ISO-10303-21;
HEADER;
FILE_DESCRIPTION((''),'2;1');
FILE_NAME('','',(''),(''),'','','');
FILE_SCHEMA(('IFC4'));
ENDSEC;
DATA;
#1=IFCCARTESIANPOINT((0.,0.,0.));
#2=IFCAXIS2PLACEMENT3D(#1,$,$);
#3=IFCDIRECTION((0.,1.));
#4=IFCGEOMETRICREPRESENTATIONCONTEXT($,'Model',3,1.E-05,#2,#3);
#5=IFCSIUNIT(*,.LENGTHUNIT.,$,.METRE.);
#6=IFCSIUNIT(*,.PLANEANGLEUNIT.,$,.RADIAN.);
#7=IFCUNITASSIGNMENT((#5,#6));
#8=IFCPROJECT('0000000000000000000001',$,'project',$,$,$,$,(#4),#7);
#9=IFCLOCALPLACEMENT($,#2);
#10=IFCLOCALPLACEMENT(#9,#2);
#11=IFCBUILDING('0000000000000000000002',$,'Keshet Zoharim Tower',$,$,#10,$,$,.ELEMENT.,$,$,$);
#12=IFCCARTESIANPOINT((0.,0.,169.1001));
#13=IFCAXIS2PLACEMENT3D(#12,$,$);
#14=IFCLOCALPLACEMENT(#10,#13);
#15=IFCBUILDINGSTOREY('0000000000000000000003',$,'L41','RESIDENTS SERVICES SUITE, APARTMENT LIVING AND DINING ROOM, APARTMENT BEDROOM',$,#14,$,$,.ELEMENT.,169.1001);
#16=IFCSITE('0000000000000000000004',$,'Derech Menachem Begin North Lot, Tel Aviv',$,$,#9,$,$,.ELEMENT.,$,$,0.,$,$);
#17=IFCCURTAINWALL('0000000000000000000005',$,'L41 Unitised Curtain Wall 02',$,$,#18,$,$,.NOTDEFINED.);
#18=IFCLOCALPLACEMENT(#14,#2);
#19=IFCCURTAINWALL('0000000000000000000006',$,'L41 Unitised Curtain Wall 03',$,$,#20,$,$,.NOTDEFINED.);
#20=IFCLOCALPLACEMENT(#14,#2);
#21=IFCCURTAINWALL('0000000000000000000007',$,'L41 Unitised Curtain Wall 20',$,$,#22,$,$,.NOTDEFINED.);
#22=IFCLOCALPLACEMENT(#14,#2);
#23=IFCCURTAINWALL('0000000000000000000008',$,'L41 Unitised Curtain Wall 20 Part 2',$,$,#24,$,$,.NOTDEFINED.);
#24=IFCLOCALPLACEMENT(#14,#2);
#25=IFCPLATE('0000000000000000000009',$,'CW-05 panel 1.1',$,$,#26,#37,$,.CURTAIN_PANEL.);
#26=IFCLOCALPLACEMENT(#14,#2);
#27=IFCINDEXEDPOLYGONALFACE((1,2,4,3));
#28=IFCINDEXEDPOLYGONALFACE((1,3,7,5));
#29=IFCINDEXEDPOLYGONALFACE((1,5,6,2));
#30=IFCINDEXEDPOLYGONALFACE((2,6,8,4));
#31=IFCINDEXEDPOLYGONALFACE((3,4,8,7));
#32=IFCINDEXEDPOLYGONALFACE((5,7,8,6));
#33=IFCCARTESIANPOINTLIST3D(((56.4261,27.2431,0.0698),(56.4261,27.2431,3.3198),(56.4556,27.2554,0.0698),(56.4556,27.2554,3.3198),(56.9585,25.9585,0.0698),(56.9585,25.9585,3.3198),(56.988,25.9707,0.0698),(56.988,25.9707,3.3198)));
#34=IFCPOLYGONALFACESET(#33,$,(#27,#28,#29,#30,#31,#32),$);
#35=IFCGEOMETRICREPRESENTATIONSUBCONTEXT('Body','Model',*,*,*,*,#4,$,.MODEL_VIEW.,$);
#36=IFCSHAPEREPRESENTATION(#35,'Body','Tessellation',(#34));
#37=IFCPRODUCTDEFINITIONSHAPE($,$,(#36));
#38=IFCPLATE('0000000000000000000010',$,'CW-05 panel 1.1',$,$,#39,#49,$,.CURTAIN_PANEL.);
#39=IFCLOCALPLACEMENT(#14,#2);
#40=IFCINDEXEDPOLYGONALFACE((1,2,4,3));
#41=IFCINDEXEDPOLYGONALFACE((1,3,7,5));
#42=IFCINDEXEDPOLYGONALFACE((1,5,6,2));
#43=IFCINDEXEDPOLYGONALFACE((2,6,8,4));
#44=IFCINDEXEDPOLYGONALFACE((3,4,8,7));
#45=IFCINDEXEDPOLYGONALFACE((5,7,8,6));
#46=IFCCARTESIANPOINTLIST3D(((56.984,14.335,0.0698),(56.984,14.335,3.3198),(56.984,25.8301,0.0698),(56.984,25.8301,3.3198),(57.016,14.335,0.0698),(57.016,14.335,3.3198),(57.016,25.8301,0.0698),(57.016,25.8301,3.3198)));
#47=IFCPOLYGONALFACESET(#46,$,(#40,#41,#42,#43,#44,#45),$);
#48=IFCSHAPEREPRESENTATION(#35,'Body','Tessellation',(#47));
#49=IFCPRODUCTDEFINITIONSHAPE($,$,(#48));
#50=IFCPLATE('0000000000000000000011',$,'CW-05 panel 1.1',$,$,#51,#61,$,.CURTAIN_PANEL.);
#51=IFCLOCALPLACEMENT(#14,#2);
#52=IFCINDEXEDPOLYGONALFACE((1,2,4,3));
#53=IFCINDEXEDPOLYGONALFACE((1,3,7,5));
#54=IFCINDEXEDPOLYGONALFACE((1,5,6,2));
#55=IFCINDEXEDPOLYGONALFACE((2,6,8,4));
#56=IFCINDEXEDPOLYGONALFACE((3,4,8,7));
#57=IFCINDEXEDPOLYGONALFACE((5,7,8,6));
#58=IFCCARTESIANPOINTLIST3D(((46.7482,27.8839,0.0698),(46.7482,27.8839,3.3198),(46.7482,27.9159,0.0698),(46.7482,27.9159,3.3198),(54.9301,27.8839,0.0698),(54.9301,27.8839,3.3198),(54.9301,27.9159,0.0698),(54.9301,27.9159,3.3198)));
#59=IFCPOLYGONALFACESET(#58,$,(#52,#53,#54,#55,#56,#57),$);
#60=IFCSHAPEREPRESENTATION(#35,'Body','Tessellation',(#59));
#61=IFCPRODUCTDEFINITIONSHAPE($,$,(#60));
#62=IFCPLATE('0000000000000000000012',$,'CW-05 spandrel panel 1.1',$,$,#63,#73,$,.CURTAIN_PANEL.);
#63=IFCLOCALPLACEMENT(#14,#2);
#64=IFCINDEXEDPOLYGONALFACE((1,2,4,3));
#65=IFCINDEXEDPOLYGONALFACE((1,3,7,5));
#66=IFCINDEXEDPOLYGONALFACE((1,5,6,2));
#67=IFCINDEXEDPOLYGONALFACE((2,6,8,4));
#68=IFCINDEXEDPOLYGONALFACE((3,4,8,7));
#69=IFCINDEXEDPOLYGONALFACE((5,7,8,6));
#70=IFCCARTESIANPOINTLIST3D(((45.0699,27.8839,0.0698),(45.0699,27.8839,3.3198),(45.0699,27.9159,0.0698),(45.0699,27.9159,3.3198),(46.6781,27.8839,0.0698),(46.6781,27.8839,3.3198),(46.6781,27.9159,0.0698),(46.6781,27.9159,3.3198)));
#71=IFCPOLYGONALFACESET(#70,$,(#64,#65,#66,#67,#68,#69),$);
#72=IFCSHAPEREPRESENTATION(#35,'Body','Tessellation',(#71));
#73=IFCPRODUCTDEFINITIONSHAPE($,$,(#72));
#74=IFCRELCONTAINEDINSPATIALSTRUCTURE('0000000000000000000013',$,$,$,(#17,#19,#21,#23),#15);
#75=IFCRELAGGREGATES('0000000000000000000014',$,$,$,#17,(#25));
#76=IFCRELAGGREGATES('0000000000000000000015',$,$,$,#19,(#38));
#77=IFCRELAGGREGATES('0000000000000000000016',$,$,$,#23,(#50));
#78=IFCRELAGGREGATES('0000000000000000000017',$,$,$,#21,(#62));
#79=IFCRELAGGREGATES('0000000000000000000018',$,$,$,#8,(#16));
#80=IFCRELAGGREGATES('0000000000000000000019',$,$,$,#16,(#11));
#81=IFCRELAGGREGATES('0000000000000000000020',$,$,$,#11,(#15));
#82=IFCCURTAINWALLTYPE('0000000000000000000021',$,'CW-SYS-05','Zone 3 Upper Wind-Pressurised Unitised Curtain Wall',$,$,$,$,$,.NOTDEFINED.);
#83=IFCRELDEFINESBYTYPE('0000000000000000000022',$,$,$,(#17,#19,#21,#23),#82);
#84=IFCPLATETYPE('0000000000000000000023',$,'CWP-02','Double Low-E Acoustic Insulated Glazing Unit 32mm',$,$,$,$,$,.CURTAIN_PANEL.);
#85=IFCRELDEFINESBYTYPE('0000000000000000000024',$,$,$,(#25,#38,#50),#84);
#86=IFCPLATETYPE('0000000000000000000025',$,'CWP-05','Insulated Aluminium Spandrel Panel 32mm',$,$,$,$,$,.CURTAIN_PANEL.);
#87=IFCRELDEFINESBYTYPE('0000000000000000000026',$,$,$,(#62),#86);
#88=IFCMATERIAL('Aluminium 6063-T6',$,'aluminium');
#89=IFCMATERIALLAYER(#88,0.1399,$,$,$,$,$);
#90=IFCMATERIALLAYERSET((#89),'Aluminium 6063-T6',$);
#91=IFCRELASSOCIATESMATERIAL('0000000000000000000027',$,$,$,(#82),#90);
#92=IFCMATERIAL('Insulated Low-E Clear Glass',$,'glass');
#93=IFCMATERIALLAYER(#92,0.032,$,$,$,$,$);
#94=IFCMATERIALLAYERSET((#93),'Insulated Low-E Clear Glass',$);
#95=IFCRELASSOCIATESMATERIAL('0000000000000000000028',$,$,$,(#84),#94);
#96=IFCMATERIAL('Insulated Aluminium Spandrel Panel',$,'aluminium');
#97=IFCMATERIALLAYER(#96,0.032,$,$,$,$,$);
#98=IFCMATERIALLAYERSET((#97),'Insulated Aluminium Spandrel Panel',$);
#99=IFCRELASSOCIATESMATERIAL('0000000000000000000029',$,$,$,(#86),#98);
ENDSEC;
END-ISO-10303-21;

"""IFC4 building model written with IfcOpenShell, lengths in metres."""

from ifc_helpers import new_model, si_unit, direction, frame, origin, origin_2d, place, context, subcontext, project, spatial, rectangle, extrude, material, layer, layer_set, type_object, element, aggregate, save


model = new_model("IFC4")

# Units and contexts
model_context = context("Model", 3, precision=1e-05, world=origin(), true_north=direction((0.0, 1.0)))
body_context = subcontext(model_context, "Body", "Model", "MODEL_VIEW")
ifc_project = project(units=[si_unit("LENGTHUNIT", "METRE"), si_unit("PLANEANGLEUNIT", "RADIAN")], contexts=[model_context])

# Site, building, storey
site_placement = place(None, origin())
site = spatial("IfcSite", under=ifc_project, at=site_placement, Name="Derech Menachem Begin North Lot, Tel Aviv", CompositionType="ELEMENT", RefElevation=0.0)
building_placement = place(site_placement, origin())
building = spatial("IfcBuilding", under=site, at=building_placement, Name="Keshet Zoharim Tower", CompositionType="ELEMENT")
storey_placement = place(building_placement, frame((0.0, 0.0, 169.1001)))
storey = spatial("IfcBuildingStorey", under=building, at=storey_placement, Name="L41", Description="RESIDENTS SERVICES SUITE, APARTMENT LIVING AND DINING ROOM, APARTMENT BEDROOM", CompositionType="ELEMENT", Elevation=169.1001)

# Curtain wall
ifc_material_1 = material(Name="Aluminium 6063-T6", Category="aluminium")
ifc_layer_1 = layer(ifc_material_1, 0.1399)
ifc_layer_set_1 = layer_set([ifc_layer_1], Name="Aluminium 6063-T6")
curtain_wall_type = type_object("IfcCurtainWallType", Name="CW-SYS-05", Description="Zone 3 Upper Wind-Pressurised Unitised Curtain Wall", PredefinedType="NOTDEFINED", material=ifc_layer_set_1)
curtain_wall_1_placement = place(storey_placement, origin())
curtain_wall_1 = element("IfcCurtainWall", 1, at=curtain_wall_1_placement, inside=storey, type_object=curtain_wall_type, Name="L41 Unitised Curtain Wall 02", PredefinedType="NOTDEFINED")

# Curtain wall
curtain_wall_2_placement = place(storey_placement, origin())
curtain_wall_2 = element("IfcCurtainWall", 2, at=curtain_wall_2_placement, inside=storey, type_object=curtain_wall_type, Name="L41 Unitised Curtain Wall 03", PredefinedType="NOTDEFINED")

# Curtain wall
curtain_wall_3_placement = place(storey_placement, origin())
curtain_wall_3 = element("IfcCurtainWall", 3, at=curtain_wall_3_placement, inside=storey, type_object=curtain_wall_type, Name="L41 Unitised Curtain Wall 20", PredefinedType="NOTDEFINED")

# Curtain wall
curtain_wall_4_placement = place(storey_placement, origin())
curtain_wall_4 = element("IfcCurtainWall", 4, at=curtain_wall_4_placement, inside=storey, type_object=curtain_wall_type, Name="L41 Unitised Curtain Wall 20 Part 2", PredefinedType="NOTDEFINED")

# Plates
ifc_material_2 = material(Name="Insulated Low-E Clear Glass", Category="glass")
ifc_layer_2 = layer(ifc_material_2, 0.032)
ifc_layer_set_2 = layer_set([ifc_layer_2], Name="Insulated Low-E Clear Glass")
plate_type_1 = type_object("IfcPlateType", Name="CWP-02", Description="Double Low-E Acoustic Insulated Glazing Unit 32mm", PredefinedType="CURTAIN_PANEL", material=ifc_layer_set_2)
plate_1_placement = place(storey_placement, frame((56.707, 26.6069, 0.0698), z_axis=(0.0, 0.0, 1.0), x_axis=(0.382852, -0.92381, 0.0)))
plate_1 = element("IfcPlate", 5, at=plate_1_placement, type_object=plate_type_1, Name="CW-05 panel 1.1", PredefinedType="CURTAIN_PANEL", context=body_context, shape_type="SweptSolid", body=[
    extrude(rectangle(XDim=1.3906, YDim=0.032, at=origin_2d()), origin(), (0.0, 0.0, 1.0), 3.25),
])
aggregate(curtain_wall_1, [plate_1])
plate_2_placement = place(storey_placement, frame((57.0, 20.0825, 0.0698), z_axis=(0.0, 0.0, 1.0), x_axis=(0.0, -1.0, 0.0)))
plate_2 = element("IfcPlate", 6, at=plate_2_placement, type_object=plate_type_1, Name="CW-05 panel 1.1", PredefinedType="CURTAIN_PANEL", context=body_context, shape_type="SweptSolid", body=[
    extrude(rectangle(XDim=11.4951, YDim=0.032, at=origin_2d()), origin(), (0.0, 0.0, 1.0), 3.25),
])
aggregate(curtain_wall_2, [plate_2])
plate_3_placement = place(storey_placement, frame((50.8391, 27.8999, 0.0698), z_axis=(0.0, 0.0, 1.0), x_axis=(1.0, 0.0, 0.0)))
plate_3 = element("IfcPlate", 7, at=plate_3_placement, type_object=plate_type_1, Name="CW-05 panel 1.1", PredefinedType="CURTAIN_PANEL", context=body_context, shape_type="SweptSolid", body=[
    extrude(rectangle(XDim=8.1819, YDim=0.032, at=origin_2d()), origin(), (0.0, 0.0, 1.0), 3.25),
])
aggregate(curtain_wall_4, [plate_3])
ifc_material_3 = material(Name="Insulated Aluminium Spandrel Panel", Category="aluminium")
ifc_layer_3 = layer(ifc_material_3, 0.032)
ifc_layer_set_3 = layer_set([ifc_layer_3], Name="Insulated Aluminium Spandrel Panel")
plate_type_2 = type_object("IfcPlateType", Name="CWP-05", Description="Insulated Aluminium Spandrel Panel 32mm", PredefinedType="CURTAIN_PANEL", material=ifc_layer_set_3)
plate_4_placement = place(storey_placement, frame((45.874, 27.8999, 0.0698), z_axis=(0.0, 0.0, 1.0), x_axis=(1.0, 0.0, 0.0)))
plate_4 = element("IfcPlate", 8, at=plate_4_placement, type_object=plate_type_2, Name="CW-05 spandrel panel 1.1", PredefinedType="CURTAIN_PANEL", context=body_context, shape_type="SweptSolid", body=[
    extrude(rectangle(XDim=1.6082, YDim=0.032, at=origin_2d()), origin(), (0.0, 0.0, 1.0), 3.25),
])
aggregate(curtain_wall_3, [plate_4])

save(model, "model.ifc")
